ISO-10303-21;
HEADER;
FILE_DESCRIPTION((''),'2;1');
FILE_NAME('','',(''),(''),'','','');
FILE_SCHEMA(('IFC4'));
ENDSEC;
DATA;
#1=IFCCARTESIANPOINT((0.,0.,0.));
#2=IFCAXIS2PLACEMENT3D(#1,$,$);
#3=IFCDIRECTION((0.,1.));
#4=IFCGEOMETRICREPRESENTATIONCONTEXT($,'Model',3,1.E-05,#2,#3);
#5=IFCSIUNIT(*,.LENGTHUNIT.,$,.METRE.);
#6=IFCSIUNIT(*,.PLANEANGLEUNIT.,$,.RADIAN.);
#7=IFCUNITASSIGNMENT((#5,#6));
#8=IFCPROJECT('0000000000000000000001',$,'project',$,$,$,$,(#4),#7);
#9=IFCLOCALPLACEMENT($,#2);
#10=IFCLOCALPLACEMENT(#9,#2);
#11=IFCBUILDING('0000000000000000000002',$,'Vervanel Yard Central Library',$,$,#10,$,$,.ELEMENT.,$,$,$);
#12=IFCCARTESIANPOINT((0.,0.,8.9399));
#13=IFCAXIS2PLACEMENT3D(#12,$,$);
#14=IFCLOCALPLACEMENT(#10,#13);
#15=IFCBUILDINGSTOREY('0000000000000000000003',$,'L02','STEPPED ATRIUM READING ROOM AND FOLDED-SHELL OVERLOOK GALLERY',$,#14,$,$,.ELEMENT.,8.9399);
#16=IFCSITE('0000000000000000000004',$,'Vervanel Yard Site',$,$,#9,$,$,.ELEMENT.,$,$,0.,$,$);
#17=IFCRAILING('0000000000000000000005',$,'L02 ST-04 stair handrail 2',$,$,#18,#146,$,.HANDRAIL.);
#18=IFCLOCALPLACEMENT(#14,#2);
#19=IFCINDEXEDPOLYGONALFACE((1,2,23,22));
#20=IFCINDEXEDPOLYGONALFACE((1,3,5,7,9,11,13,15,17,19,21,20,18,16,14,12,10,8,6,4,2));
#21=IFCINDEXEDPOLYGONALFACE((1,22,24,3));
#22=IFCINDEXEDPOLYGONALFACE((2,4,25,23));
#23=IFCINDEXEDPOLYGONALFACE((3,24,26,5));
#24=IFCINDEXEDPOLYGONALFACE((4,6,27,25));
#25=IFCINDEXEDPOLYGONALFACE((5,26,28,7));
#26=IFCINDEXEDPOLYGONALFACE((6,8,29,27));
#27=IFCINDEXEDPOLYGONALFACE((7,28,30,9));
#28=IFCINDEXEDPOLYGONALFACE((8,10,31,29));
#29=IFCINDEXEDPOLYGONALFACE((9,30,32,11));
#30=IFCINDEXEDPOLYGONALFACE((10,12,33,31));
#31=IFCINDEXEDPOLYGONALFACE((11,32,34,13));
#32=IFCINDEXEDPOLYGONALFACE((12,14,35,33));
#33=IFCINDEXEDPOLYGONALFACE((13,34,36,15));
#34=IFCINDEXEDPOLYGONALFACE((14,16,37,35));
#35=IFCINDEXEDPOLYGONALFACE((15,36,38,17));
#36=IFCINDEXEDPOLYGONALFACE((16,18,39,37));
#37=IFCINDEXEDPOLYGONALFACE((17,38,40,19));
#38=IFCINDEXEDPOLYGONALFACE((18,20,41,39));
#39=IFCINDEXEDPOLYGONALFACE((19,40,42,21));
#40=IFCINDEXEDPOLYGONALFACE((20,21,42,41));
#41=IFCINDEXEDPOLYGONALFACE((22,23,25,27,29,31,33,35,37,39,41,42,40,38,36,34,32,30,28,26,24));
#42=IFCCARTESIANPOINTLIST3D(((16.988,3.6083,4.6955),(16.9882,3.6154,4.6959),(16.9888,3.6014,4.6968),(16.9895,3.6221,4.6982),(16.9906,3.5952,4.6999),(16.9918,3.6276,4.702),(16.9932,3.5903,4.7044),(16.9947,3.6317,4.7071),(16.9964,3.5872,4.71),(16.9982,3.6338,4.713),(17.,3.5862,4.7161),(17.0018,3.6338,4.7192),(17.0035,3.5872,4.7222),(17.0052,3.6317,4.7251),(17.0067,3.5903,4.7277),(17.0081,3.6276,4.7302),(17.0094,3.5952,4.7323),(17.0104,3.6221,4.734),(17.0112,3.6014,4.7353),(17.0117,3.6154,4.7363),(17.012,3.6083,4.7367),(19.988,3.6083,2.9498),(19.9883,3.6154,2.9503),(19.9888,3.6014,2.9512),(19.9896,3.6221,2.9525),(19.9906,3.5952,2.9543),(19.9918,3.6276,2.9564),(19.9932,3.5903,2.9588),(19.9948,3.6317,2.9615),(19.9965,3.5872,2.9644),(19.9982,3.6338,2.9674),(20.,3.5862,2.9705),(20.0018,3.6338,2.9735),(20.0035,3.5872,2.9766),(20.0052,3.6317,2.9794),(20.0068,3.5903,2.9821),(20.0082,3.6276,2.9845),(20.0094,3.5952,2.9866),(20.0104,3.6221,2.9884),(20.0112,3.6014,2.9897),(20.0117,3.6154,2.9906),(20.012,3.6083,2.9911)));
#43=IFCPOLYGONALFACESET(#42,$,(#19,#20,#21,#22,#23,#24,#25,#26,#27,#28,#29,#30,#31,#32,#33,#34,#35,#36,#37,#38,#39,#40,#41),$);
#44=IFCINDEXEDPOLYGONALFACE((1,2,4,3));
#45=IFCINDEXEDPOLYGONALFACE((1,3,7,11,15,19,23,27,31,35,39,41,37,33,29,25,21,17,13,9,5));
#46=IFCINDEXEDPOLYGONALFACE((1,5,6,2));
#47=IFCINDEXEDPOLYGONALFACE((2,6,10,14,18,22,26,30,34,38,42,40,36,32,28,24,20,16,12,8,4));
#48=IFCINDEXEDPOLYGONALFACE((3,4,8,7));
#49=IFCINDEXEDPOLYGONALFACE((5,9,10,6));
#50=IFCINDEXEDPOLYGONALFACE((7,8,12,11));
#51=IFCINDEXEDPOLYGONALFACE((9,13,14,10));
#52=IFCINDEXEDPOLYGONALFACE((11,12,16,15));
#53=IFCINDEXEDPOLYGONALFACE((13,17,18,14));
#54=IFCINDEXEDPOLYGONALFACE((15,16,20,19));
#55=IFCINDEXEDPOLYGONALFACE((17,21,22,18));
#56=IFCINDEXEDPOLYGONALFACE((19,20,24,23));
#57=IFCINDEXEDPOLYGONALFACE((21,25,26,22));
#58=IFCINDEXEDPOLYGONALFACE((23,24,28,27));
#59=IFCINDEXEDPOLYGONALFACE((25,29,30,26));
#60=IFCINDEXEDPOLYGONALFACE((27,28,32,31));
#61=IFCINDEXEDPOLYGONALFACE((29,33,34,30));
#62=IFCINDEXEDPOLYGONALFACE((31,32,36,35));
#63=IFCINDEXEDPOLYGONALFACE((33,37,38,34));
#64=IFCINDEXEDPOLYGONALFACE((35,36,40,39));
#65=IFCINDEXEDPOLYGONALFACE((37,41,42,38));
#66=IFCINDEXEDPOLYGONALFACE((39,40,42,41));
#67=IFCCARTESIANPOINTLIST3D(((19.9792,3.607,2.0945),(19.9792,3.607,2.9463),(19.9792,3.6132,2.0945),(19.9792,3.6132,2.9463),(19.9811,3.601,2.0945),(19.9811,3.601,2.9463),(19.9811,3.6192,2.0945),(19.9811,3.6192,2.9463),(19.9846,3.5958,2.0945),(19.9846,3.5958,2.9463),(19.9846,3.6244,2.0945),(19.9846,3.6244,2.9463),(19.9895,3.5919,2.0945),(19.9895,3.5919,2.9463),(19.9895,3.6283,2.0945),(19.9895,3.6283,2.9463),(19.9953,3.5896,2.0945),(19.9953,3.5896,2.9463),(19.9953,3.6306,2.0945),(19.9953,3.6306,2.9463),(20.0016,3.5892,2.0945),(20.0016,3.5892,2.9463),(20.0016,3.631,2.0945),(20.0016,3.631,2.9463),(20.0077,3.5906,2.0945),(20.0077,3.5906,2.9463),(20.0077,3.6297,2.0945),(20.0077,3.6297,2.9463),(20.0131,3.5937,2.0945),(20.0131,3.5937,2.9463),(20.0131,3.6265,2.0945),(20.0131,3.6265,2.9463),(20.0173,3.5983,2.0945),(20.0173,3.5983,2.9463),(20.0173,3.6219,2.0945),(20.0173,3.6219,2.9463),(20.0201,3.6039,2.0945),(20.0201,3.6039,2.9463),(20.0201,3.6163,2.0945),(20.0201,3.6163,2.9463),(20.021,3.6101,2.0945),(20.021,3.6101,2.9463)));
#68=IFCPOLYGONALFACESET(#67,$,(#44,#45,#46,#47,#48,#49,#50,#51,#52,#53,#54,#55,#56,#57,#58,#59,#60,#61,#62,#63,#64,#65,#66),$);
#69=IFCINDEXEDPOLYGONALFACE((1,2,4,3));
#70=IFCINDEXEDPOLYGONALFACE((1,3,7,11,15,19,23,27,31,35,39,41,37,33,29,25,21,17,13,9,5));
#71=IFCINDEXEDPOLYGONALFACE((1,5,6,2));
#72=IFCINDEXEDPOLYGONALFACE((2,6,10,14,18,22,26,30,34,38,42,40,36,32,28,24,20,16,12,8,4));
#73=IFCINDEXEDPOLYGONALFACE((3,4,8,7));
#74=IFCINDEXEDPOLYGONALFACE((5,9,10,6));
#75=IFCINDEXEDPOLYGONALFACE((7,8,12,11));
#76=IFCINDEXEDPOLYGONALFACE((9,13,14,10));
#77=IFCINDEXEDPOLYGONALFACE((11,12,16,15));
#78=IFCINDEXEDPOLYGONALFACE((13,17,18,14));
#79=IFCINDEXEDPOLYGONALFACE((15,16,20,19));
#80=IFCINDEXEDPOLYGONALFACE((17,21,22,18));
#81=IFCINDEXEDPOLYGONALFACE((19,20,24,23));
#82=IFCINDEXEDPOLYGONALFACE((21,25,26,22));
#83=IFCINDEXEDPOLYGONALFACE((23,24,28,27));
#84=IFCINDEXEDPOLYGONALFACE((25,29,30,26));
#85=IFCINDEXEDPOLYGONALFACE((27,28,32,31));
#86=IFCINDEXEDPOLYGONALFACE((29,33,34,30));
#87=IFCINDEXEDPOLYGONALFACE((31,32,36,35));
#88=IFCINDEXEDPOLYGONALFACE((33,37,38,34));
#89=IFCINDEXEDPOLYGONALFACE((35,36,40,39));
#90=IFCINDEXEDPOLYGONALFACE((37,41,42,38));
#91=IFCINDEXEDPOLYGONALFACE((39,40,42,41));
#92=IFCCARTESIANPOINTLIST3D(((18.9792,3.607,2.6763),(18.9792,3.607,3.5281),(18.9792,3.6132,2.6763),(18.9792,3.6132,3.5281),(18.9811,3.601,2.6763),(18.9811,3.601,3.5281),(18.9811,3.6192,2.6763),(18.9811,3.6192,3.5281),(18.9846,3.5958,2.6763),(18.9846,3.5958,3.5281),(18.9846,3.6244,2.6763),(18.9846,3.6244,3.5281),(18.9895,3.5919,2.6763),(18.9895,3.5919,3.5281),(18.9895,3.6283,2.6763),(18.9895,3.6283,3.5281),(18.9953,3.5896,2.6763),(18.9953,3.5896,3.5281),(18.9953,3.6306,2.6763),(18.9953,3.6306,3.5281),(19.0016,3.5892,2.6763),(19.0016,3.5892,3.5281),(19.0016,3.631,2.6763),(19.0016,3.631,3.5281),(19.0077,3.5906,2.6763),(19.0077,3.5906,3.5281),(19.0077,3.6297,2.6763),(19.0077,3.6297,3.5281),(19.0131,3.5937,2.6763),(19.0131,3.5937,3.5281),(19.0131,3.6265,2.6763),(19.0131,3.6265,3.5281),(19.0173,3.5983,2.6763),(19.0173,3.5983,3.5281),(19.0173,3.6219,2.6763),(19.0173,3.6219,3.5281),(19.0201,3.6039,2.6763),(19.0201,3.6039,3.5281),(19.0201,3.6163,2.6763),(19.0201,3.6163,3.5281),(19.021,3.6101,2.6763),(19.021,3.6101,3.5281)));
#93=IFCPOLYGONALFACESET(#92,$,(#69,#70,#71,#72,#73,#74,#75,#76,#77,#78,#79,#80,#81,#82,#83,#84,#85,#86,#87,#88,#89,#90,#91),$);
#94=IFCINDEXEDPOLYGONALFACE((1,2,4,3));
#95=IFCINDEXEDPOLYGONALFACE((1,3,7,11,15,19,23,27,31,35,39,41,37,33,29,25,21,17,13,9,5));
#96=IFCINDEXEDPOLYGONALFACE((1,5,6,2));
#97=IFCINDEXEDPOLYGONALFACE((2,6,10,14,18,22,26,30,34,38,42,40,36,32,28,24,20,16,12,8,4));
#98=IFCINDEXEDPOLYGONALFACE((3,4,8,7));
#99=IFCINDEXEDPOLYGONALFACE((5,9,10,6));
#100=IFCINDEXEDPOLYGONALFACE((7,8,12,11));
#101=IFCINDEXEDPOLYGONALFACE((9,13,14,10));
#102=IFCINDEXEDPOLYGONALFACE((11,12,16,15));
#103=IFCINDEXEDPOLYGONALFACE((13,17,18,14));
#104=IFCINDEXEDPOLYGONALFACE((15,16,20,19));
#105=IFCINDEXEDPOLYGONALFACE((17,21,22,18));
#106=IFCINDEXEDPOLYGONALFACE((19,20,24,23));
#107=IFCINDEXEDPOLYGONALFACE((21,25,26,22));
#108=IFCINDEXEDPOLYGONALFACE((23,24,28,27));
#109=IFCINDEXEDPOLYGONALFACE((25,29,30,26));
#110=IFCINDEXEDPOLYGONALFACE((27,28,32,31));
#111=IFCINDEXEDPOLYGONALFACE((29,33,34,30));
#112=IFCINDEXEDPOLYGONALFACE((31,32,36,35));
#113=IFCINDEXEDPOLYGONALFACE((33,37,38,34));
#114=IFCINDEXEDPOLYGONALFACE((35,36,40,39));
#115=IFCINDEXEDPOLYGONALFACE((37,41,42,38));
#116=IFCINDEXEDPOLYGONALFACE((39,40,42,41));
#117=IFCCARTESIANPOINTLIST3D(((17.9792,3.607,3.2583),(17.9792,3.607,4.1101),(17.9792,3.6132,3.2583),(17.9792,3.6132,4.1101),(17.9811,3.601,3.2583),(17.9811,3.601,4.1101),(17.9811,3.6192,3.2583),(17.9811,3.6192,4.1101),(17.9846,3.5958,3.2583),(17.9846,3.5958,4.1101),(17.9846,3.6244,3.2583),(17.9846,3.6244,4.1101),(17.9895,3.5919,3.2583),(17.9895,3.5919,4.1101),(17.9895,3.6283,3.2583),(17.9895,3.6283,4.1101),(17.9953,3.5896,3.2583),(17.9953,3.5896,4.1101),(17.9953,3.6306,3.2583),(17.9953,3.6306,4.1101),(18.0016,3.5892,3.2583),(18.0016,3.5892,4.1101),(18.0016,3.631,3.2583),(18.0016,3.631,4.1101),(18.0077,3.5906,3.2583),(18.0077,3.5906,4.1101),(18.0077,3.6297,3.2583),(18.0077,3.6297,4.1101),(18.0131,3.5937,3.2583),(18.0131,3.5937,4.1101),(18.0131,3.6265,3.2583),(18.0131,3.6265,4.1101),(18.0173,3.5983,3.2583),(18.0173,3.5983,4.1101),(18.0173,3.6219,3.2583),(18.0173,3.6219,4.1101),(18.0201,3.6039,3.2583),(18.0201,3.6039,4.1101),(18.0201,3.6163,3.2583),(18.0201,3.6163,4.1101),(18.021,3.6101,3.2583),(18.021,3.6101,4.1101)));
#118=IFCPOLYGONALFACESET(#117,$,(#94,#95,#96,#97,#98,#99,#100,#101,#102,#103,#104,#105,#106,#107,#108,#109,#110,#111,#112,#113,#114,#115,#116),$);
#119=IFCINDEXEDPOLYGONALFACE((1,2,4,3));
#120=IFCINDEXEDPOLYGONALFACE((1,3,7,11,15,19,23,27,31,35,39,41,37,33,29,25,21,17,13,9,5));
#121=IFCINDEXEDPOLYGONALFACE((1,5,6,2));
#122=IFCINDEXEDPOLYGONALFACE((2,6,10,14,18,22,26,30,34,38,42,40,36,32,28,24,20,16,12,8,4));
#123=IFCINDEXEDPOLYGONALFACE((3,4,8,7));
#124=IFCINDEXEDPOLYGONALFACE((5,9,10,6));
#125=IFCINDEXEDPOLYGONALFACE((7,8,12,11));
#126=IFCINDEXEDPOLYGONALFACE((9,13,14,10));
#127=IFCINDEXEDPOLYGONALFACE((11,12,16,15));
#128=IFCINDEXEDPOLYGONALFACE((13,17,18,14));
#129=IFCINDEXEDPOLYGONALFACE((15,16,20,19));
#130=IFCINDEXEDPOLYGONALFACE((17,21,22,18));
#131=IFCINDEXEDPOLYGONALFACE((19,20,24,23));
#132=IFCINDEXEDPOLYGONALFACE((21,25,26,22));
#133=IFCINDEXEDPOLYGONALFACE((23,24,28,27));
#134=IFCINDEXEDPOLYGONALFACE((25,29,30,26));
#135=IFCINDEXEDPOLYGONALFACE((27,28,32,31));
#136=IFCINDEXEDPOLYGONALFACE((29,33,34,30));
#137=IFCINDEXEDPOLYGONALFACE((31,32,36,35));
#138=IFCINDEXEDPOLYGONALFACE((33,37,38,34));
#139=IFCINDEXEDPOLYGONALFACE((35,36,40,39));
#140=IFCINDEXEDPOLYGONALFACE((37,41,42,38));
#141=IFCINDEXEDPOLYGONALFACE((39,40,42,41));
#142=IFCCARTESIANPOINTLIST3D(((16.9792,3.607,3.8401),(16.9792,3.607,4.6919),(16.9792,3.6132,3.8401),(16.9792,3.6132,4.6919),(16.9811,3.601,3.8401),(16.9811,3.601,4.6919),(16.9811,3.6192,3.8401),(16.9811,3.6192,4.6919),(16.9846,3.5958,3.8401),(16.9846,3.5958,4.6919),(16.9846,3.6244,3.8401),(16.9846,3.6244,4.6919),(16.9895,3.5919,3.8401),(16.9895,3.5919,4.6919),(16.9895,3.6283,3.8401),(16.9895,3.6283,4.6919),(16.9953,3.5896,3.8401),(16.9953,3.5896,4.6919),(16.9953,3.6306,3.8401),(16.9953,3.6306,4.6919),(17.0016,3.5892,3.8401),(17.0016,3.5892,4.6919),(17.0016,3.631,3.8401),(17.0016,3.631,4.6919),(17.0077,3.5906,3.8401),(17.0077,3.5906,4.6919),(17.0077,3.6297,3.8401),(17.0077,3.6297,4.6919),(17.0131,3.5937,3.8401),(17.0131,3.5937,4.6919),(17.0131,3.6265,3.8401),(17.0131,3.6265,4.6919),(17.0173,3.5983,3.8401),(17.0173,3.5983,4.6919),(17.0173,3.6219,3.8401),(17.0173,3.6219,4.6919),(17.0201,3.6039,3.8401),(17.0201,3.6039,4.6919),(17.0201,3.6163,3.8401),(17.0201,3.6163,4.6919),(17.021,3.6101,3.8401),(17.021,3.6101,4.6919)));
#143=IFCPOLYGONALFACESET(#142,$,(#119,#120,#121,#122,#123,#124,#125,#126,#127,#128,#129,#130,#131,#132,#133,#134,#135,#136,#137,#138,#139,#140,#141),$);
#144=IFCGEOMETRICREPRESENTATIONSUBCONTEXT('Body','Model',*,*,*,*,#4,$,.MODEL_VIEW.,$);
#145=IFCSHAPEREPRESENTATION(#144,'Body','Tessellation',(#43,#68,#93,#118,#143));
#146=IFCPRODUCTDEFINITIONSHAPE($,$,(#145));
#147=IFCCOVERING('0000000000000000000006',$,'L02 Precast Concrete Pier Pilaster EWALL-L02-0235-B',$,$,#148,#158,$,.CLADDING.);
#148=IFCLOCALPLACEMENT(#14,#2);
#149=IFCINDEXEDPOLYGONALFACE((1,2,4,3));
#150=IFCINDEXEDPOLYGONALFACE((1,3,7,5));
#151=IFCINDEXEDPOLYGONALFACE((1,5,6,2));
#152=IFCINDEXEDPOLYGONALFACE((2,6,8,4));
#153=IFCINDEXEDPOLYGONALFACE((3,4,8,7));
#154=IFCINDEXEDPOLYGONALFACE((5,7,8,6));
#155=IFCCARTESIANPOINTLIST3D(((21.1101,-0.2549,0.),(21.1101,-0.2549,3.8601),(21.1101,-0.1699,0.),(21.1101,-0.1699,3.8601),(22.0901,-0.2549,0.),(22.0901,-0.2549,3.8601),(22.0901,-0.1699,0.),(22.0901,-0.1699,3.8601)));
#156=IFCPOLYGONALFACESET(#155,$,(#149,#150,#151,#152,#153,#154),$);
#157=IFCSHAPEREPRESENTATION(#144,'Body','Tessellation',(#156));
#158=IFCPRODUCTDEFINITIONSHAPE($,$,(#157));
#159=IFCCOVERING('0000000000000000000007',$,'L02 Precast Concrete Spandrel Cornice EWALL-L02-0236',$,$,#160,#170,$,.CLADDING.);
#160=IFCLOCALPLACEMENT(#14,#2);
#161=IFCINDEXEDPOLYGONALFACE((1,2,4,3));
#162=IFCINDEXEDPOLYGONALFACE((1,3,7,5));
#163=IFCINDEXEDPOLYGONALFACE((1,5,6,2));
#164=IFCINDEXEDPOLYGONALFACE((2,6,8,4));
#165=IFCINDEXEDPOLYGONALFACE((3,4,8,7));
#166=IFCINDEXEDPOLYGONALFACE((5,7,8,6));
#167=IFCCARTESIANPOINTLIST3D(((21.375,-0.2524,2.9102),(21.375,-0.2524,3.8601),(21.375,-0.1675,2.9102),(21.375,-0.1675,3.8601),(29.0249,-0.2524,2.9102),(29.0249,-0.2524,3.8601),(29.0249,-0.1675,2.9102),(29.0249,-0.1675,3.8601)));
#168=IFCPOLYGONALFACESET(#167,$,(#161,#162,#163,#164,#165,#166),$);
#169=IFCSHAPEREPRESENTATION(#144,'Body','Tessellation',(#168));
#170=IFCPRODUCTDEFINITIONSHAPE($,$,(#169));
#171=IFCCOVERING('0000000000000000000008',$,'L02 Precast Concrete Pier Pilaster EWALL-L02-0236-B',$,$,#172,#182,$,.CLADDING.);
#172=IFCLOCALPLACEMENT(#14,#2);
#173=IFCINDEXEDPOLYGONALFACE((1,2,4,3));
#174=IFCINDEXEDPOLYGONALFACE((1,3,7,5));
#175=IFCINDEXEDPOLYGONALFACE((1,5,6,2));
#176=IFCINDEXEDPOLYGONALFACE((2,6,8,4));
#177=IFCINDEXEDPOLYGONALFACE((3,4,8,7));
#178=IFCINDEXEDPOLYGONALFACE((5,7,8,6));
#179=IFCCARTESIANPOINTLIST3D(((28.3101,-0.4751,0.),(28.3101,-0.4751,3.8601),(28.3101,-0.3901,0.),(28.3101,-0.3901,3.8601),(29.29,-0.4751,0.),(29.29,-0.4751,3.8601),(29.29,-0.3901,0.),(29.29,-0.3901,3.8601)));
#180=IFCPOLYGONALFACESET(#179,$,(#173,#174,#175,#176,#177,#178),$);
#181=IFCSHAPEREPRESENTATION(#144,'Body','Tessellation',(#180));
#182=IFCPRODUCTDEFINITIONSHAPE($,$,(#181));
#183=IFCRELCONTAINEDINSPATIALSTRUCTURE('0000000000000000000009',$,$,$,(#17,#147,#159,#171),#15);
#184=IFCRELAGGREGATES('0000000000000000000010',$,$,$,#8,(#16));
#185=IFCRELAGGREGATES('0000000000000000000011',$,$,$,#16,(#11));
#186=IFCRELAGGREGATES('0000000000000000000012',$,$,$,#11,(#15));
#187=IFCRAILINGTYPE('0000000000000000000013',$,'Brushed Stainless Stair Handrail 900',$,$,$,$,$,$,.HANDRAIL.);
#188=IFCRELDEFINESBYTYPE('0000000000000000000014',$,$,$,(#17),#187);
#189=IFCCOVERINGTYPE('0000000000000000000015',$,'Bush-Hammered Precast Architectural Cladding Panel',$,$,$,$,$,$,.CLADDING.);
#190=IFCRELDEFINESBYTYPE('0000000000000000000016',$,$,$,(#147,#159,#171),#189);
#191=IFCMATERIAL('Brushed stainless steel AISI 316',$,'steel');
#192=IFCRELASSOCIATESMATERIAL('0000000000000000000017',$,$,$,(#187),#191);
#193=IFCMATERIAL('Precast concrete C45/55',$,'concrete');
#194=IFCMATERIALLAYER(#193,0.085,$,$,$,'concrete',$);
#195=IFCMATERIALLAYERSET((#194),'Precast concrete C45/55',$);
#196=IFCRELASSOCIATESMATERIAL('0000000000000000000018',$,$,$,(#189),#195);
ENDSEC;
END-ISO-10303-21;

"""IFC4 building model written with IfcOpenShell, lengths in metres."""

from ifc_helpers import new_model, si_unit, direction, frame, origin, origin_2d, place, context, subcontext, project, spatial, rectangle, circle, extrude, material, layer, layer_set, type_object, element, save


model = new_model("IFC4")

# Units and contexts
model_context = context("Model", 3, precision=1e-05, world=origin(), true_north=direction((0.0, 1.0)))
body_context = subcontext(model_context, "Body", "Model", "MODEL_VIEW")
ifc_project = project(units=[si_unit("LENGTHUNIT", "METRE"), si_unit("PLANEANGLEUNIT", "RADIAN")], contexts=[model_context])

# Site, building, storey
site_placement = place(None, origin())
site = spatial("IfcSite", under=ifc_project, at=site_placement, Name="Vervanel Yard Site", CompositionType="ELEMENT", RefElevation=0.0)
building_placement = place(site_placement, origin())
building = spatial("IfcBuilding", under=site, at=building_placement, Name="Vervanel Yard Central Library", CompositionType="ELEMENT")
storey_placement = place(building_placement, frame((0.0, 0.0, 8.9399)))
storey = spatial("IfcBuildingStorey", under=building, at=storey_placement, Name="L02", Description="STEPPED ATRIUM READING ROOM AND FOLDED-SHELL OVERLOOK GALLERY", CompositionType="ELEMENT", Elevation=8.9399)

# Railing
ifc_material_1 = material(Name="Brushed stainless steel AISI 316", Category="steel")
railing_type_1 = type_object("IfcRailingType", Name="Brushed Stainless Stair Handrail 900", PredefinedType="HANDRAIL", material=ifc_material_1)
railing_1_placement = place(storey_placement, frame((20.0, 3.6101, 2.0945)))
element("IfcRailing", 1, at=railing_1_placement, inside=storey, type_object=railing_type_1, Name="L02 ST-04 stair handrail 2", PredefinedType="HANDRAIL", context=body_context, shape_type="SweptSolid", body=[
    extrude(circle(Radius=0.0239, at=origin_2d()), frame((0.0, 0.0, 0.876), z_axis=(-0.864329, 0.0, 0.502926), x_axis=(0.0, -1.0, 0.0)), (0.0, 0.0, 1.0), 3.4709),
    extrude(circle(Radius=0.021, at=origin_2d()), origin(), (0.0, 0.0, 1.0), 0.8518),
    extrude(circle(Radius=0.021, at=origin_2d()), frame((-1.0, 0.0, 0.5818)), (0.0, 0.0, 1.0), 0.8518),
    extrude(circle(Radius=0.021, at=origin_2d()), frame((-2.0, 0.0, 1.1638)), (0.0, 0.0, 1.0), 0.8518),
    extrude(circle(Radius=0.021, at=origin_2d()), frame((-3.0, 0.0, 1.7456)), (0.0, 0.0, 1.0), 0.8518),
])

# Coverings
ifc_material_2 = material(Name="Precast concrete C45/55", Category="concrete")
ifc_layer_1 = layer(ifc_material_2, 0.085, Category="concrete")
ifc_layer_set_1 = layer_set([ifc_layer_1], Name="Precast concrete C45/55")
covering_type = type_object("IfcCoveringType", Name="Bush-Hammered Precast Architectural Cladding Panel", PredefinedType="CLADDING", material=ifc_layer_set_1)
covering_1_placement = place(storey_placement, frame((21.6001, -0.2124, 0.0), z_axis=(0.0, 0.0, 1.0), x_axis=(1.0, 0.0, 0.0)))
element("IfcCovering", 2, at=covering_1_placement, inside=storey, type_object=covering_type, Name="L02 Precast Concrete Pier Pilaster EWALL-L02-0235-B", PredefinedType="CLADDING", context=body_context, shape_type="SweptSolid", body=[
    extrude(rectangle(XDim=0.98, YDim=0.085, at=origin_2d()), origin(), (0.0, 0.0, 1.0), 3.8601),
])
covering_2_placement = place(storey_placement, frame((25.2, -0.21, 2.9102), z_axis=(0.0, 0.0, 1.0), x_axis=(1.0, 0.0, 0.0)))
element("IfcCovering", 3, at=covering_2_placement, inside=storey, type_object=covering_type, Name="L02 Precast Concrete Spandrel Cornice EWALL-L02-0236", PredefinedType="CLADDING", context=body_context, shape_type="SweptSolid", body=[
    extrude(rectangle(XDim=7.6499, YDim=0.085, at=origin_2d()), origin(), (0.0, 0.0, 1.0), 0.95),
])
covering_3_placement = place(storey_placement, frame((28.8, -0.4326, 0.0), z_axis=(0.0, 0.0, 1.0), x_axis=(1.0, 0.0, 0.0)))
element("IfcCovering", 4, at=covering_3_placement, inside=storey, type_object=covering_type, Name="L02 Precast Concrete Pier Pilaster EWALL-L02-0236-B", PredefinedType="CLADDING", context=body_context, shape_type="SweptSolid", body=[
    extrude(rectangle(XDim=0.98, YDim=0.085, at=origin_2d()), origin(), (0.0, 0.0, 1.0), 3.8601),
])

save(model, "model.ifc")
